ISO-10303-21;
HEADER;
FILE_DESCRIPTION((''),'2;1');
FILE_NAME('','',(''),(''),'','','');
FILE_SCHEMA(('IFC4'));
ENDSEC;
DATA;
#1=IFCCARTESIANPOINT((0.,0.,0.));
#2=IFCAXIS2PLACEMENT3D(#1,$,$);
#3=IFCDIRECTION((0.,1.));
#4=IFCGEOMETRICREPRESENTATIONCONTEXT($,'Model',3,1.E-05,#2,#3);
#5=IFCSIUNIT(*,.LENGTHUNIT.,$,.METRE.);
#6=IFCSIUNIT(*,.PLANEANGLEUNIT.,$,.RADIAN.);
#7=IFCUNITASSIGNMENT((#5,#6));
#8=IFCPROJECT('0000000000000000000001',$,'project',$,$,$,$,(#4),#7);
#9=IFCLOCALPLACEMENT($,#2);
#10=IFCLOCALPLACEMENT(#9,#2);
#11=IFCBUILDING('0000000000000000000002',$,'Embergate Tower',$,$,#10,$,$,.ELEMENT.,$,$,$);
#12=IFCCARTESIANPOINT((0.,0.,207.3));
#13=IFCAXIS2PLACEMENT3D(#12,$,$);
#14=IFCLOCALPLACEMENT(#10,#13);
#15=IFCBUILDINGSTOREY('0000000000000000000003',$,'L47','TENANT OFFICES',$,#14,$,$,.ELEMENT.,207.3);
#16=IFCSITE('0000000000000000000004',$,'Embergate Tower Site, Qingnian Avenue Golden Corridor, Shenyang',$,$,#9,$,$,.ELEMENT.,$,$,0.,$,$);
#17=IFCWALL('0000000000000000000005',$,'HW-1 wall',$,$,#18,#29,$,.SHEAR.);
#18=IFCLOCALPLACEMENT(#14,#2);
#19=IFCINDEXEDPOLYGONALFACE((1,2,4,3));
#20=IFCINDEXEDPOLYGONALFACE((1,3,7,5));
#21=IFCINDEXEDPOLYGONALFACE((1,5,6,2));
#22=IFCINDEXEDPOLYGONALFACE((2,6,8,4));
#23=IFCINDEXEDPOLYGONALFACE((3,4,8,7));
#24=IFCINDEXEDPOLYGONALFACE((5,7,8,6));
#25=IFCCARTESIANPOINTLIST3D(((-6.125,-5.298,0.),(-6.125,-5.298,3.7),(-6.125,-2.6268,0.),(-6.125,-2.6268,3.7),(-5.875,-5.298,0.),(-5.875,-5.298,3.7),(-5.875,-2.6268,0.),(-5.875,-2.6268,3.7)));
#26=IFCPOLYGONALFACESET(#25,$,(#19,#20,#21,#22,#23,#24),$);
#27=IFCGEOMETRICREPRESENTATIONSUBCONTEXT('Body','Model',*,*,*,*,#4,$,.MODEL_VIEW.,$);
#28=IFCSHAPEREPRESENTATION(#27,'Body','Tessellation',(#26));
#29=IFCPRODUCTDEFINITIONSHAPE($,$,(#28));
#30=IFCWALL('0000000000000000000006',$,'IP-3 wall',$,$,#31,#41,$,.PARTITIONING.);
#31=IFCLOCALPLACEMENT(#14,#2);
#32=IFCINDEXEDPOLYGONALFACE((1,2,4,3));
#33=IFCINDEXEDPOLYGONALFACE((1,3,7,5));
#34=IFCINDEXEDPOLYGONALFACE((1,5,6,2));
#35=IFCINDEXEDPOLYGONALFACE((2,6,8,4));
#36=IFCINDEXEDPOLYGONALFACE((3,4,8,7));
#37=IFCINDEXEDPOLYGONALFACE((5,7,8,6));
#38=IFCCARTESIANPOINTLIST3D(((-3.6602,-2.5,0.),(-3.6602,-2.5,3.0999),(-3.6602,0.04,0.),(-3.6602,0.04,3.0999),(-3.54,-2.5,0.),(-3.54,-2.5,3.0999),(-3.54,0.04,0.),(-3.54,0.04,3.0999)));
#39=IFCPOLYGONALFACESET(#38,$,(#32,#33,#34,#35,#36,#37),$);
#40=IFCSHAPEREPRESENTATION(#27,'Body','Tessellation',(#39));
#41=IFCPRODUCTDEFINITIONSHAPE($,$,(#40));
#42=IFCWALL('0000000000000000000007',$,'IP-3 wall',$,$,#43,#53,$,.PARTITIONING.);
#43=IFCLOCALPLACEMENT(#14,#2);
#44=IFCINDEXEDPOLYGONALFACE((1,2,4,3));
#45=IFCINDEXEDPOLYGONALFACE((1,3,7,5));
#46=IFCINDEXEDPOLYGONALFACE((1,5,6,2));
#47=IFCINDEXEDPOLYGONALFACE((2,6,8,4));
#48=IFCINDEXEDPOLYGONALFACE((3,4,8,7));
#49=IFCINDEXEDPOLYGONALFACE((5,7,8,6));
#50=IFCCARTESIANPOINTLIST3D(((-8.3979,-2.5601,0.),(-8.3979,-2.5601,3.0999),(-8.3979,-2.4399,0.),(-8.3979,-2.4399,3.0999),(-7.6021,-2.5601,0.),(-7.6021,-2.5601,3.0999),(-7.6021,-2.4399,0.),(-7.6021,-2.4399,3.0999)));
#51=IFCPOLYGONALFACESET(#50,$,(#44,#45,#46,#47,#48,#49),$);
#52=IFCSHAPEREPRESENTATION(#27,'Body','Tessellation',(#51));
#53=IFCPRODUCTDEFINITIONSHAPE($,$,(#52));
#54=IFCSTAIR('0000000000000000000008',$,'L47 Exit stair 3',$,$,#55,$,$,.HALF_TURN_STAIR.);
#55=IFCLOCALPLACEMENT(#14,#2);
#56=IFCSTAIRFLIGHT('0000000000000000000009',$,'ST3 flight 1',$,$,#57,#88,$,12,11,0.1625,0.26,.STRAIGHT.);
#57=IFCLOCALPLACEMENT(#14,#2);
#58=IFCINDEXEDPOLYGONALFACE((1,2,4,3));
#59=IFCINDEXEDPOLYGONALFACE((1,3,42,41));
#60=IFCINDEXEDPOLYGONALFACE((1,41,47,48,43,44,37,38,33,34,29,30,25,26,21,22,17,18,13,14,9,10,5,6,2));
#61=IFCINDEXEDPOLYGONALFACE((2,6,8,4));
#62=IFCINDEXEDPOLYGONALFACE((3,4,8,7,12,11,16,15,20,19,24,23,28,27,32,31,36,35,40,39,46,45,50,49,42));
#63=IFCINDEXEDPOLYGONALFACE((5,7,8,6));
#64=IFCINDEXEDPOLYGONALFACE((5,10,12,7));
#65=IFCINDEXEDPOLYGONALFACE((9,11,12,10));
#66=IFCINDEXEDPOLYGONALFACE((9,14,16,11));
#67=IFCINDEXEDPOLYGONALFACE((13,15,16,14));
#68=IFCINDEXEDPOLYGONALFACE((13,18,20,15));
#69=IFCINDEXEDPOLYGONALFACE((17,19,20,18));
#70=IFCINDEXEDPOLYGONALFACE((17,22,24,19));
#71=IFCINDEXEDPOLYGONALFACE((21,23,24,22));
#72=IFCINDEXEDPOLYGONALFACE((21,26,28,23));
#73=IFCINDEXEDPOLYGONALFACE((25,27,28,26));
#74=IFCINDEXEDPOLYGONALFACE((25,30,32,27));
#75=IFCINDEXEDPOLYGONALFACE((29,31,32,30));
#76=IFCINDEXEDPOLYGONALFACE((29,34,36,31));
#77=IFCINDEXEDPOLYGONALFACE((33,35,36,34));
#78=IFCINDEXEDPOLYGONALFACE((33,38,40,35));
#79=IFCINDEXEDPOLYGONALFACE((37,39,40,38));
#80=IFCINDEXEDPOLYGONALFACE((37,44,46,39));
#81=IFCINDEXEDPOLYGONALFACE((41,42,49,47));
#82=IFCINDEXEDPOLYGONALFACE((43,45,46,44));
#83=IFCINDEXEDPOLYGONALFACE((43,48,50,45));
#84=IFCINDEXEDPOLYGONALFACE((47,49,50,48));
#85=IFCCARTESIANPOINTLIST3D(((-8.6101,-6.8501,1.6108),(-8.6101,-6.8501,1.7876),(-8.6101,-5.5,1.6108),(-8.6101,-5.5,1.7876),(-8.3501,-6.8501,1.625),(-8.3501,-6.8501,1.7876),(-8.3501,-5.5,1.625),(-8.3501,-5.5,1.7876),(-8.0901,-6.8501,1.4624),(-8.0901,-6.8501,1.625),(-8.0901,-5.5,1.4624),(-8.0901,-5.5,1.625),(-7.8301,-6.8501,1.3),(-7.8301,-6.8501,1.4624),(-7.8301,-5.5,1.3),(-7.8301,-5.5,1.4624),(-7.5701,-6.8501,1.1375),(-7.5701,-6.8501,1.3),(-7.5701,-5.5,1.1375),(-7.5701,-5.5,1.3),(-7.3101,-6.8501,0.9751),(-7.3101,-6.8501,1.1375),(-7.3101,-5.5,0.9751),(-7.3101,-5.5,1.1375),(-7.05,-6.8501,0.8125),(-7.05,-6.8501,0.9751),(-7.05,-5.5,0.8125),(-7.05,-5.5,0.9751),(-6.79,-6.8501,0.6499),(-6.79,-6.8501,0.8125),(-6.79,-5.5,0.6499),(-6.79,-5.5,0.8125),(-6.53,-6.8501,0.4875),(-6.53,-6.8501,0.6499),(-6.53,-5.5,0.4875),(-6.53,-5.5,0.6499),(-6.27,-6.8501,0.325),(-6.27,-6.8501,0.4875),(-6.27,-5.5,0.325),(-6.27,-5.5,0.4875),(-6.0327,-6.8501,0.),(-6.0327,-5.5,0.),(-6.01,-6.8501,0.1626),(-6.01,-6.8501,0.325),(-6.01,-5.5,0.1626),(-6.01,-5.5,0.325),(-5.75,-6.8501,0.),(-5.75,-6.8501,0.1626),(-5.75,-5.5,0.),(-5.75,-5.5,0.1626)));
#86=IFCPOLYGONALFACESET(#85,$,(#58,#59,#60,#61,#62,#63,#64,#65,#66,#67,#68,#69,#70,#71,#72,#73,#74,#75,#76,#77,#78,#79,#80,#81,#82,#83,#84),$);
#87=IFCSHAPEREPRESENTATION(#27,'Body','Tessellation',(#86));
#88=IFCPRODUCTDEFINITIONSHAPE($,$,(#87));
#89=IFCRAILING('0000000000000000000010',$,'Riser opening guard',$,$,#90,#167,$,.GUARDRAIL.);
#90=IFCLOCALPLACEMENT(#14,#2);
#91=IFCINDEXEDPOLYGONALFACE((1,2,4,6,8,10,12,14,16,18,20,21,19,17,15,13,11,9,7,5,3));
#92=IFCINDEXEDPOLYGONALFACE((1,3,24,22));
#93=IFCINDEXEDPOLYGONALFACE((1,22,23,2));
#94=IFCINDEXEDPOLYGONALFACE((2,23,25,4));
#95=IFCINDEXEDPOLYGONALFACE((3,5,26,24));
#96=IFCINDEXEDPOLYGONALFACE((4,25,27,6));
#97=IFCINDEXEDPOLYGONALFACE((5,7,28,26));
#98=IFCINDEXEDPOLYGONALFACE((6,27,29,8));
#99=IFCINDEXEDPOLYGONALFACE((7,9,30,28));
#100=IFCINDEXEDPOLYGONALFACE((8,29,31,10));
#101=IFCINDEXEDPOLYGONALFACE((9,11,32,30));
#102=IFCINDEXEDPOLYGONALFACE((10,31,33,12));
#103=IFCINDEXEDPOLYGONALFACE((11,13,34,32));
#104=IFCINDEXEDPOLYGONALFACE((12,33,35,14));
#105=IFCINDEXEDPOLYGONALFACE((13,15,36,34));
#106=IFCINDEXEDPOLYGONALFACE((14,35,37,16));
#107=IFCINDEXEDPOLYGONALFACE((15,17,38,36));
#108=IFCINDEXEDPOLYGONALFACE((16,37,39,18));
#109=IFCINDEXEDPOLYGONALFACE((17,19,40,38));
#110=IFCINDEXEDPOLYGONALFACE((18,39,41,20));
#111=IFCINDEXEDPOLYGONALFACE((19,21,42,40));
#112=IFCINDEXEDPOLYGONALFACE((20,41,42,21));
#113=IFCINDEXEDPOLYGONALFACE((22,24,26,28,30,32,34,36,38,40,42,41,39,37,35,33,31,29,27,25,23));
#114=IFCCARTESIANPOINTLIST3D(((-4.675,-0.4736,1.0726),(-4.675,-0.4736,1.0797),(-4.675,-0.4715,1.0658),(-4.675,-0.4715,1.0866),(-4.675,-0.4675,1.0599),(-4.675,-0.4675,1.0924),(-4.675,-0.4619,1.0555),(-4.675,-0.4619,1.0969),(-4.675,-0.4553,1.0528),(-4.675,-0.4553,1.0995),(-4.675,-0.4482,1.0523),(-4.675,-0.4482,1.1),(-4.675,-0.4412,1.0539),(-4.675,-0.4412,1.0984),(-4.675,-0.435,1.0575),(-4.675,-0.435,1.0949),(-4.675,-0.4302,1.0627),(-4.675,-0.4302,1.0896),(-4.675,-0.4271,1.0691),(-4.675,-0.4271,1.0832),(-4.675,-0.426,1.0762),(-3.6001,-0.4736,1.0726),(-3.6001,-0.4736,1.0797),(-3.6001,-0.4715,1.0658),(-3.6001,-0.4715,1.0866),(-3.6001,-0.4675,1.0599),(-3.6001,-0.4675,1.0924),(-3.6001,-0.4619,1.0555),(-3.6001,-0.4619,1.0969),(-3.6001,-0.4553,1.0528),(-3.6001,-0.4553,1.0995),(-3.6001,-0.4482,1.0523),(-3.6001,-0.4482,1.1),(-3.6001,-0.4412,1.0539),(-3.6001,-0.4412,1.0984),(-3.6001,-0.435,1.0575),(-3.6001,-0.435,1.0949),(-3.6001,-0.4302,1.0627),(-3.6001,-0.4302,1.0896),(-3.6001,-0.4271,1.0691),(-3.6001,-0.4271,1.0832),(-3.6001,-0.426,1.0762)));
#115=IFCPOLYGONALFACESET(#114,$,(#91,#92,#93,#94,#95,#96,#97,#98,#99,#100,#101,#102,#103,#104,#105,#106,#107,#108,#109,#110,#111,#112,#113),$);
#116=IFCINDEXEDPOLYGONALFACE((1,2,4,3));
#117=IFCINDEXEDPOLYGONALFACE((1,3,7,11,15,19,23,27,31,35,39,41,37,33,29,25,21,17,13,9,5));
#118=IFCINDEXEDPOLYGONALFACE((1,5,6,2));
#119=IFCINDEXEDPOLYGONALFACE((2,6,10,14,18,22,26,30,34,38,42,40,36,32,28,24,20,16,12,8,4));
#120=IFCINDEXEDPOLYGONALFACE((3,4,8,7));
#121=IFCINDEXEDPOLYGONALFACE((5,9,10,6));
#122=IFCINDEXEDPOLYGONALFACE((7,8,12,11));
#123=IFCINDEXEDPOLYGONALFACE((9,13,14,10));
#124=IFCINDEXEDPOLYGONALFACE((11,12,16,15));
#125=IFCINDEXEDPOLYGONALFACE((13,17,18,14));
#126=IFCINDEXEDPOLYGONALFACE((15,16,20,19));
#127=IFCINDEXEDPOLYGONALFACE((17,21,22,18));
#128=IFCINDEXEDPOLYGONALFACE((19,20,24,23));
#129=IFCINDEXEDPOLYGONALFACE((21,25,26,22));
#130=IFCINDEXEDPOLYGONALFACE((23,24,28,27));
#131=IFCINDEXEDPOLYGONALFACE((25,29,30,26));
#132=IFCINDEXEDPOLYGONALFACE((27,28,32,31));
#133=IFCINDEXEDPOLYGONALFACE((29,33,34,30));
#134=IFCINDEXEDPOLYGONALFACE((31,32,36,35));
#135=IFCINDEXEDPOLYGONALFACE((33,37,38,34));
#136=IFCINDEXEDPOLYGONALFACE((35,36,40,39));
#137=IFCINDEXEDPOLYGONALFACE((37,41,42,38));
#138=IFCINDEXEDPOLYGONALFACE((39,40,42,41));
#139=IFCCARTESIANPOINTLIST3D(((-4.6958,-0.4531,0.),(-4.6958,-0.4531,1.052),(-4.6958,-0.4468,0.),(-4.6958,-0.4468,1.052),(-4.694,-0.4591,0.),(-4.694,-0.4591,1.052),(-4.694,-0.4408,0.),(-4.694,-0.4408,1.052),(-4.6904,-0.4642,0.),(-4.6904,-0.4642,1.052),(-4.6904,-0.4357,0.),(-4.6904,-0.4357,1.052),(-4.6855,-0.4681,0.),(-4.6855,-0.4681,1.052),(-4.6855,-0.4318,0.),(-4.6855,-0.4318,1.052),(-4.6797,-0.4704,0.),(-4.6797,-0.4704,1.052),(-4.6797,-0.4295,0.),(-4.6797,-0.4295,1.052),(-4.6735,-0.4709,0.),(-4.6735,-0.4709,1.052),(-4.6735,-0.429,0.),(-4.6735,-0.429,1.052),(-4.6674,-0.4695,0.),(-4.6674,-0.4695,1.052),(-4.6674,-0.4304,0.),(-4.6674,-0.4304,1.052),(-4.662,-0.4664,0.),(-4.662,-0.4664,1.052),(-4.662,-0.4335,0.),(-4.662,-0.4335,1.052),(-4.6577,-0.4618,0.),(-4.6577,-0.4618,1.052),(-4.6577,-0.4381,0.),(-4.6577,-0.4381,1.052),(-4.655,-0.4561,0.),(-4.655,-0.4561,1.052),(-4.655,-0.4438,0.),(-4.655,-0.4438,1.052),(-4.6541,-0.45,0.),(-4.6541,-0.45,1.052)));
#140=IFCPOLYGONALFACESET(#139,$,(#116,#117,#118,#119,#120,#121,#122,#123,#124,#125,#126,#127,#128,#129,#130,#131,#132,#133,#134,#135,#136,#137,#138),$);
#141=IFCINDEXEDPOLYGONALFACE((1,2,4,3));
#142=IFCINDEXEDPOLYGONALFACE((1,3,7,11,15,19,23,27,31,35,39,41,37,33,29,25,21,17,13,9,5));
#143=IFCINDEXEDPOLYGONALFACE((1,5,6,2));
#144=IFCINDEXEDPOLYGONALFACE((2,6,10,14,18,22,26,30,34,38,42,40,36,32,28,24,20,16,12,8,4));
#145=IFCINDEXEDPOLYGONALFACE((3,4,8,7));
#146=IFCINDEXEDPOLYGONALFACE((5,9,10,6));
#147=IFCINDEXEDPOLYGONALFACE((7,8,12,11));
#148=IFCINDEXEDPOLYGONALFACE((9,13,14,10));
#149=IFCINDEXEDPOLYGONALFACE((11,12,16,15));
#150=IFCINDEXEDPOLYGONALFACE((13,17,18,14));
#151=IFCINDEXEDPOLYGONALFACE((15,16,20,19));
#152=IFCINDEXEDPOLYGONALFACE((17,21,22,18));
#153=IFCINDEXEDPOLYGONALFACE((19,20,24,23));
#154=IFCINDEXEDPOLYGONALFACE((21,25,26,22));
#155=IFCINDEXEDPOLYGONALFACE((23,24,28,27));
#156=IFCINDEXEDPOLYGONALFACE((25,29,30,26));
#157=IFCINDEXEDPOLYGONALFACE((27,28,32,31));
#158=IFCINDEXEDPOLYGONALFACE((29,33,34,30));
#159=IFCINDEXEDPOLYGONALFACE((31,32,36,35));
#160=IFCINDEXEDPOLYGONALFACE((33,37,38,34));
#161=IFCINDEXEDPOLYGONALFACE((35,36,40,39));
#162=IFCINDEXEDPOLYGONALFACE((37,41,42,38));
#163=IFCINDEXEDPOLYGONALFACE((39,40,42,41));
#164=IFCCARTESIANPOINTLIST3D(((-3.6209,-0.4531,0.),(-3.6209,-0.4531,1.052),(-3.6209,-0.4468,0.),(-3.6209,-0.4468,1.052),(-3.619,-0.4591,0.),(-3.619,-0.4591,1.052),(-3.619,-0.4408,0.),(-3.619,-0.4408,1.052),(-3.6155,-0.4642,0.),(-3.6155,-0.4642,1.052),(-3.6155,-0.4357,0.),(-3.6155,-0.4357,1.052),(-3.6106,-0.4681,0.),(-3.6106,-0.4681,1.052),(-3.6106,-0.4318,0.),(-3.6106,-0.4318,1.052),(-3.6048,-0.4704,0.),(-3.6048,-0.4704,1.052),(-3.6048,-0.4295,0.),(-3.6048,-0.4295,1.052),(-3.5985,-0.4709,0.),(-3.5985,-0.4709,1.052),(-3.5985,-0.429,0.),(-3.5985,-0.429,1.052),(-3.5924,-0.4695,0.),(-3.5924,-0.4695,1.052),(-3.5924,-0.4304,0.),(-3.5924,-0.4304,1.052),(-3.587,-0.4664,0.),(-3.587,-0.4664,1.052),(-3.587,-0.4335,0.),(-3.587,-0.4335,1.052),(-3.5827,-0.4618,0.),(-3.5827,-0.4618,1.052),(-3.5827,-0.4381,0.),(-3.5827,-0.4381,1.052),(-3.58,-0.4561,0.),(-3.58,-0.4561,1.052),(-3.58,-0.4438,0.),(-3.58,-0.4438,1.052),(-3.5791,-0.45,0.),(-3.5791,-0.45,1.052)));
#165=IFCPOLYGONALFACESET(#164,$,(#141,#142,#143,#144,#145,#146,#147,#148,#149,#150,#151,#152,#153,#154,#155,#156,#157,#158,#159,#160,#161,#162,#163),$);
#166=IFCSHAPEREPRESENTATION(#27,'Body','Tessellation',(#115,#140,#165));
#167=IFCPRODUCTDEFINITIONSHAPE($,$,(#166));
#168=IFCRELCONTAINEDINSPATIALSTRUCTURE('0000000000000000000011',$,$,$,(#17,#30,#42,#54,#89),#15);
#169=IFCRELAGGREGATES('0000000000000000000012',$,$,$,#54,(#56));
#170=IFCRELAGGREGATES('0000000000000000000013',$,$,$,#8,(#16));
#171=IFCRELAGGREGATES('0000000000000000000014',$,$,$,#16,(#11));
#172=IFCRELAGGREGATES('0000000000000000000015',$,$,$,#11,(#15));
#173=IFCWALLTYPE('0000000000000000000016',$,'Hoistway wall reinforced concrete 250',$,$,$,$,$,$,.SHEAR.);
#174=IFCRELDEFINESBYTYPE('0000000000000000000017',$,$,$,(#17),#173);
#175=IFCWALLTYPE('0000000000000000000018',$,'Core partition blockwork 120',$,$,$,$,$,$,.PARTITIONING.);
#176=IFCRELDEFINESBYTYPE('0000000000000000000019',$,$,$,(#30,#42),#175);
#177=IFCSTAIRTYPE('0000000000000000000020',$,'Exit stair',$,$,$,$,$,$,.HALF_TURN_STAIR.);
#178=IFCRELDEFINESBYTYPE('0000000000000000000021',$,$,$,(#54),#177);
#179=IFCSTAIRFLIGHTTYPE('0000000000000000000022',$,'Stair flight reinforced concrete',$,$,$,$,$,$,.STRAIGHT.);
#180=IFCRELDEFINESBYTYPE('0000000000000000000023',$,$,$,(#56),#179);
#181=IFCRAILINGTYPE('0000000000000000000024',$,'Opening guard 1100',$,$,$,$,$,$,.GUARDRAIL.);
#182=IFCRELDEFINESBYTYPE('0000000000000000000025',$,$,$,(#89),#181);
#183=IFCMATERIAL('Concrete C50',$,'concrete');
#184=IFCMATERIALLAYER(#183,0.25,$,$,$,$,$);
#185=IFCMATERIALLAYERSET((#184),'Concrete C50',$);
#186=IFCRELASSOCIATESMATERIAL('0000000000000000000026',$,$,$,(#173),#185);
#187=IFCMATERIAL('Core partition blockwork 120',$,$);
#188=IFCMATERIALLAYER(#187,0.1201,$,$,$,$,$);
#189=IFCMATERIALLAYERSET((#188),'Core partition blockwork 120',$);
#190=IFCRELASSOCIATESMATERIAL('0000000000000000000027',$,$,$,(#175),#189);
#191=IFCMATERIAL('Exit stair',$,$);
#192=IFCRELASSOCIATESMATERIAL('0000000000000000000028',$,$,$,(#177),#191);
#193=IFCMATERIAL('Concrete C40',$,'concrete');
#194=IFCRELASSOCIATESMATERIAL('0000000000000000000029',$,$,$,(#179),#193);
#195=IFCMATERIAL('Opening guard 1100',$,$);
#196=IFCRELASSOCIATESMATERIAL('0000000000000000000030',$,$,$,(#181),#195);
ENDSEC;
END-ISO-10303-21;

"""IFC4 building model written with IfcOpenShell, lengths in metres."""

from ifc_helpers import new_model, si_unit, direction, frame, frame_2d, origin, origin_2d, place, context, subcontext, project, spatial, polyline, rectangle, circle, outline, extrude, source, transform, mapped, material, layer, layer_set, type_object, element, aggregate, save


model = new_model("IFC4")

# Units and contexts
model_context = context("Model", 3, precision=1e-05, world=origin(), true_north=direction((0.0, 1.0)))
body_context = subcontext(model_context, "Body", "Model", "MODEL_VIEW")
ifc_project = project(units=[si_unit("LENGTHUNIT", "METRE"), si_unit("PLANEANGLEUNIT", "RADIAN")], contexts=[model_context])

# Site, building, storey
site_placement = place(None, origin())
site = spatial("IfcSite", under=ifc_project, at=site_placement, Name="Embergate Tower Site, Qingnian Avenue Golden Corridor, Shenyang", CompositionType="ELEMENT", RefElevation=0.0)
building_placement = place(site_placement, origin())
building = spatial("IfcBuilding", under=site, at=building_placement, Name="Embergate Tower", CompositionType="ELEMENT")
storey_placement = place(building_placement, frame((0.0, 0.0, 207.3)))
storey = spatial("IfcBuildingStorey", under=building, at=storey_placement, Name="L47", Description="TENANT OFFICES", CompositionType="ELEMENT", Elevation=207.3)

# Shared definitions
ifc_material_1 = material(Name="Concrete C50", Category="concrete")
ifc_layer_1 = layer(ifc_material_1, 0.25)
ifc_layer_set_1 = layer_set([ifc_layer_1], Name="Concrete C50")
wall_type_1 = type_object("IfcWallType", Name="Hoistway wall reinforced concrete 250", PredefinedType="SHEAR", material=ifc_layer_set_1)

# Shared definitions
ifc_material_2 = material(Name="Core partition blockwork 120")
ifc_layer_2 = layer(ifc_material_2, 0.1201)
ifc_layer_set_2 = layer_set([ifc_layer_2], Name="Core partition blockwork 120")
wall_type_2 = type_object("IfcWallType", Name="Core partition blockwork 120", PredefinedType="PARTITIONING", material=ifc_layer_set_2)

# Walls
shared_shape_1 = source(origin(), body_context, "Body", "SweptSolid", [
    extrude(rectangle(XDim=2.6711, YDim=0.25, at=frame_2d((1.3354, 0.0))), origin(), (0.0, 0.0, 1.0), 3.7),
])
wall_1_placement = place(storey_placement, frame((-6.0, -2.627, 0.0), z_axis=(0.0, 0.0, 1.0), x_axis=(0.0, -1.0, 0.0)))
element("IfcWall", 1, at=wall_1_placement, inside=storey, type_object=wall_type_1, Name="HW-1 wall", PredefinedType="SHEAR", context=body_context, shape_type="MappedRepresentation", body=[
    mapped(shared_shape_1, transform((0.0, 0.0, 0.0))),
])
shared_shape_2 = source(origin(), body_context, "Body", "SweptSolid", [
    extrude(rectangle(XDim=2.54, YDim=0.1201, at=frame_2d((1.27, 0.0))), origin(), (0.0, 0.0, 1.0), 3.0999),
])
wall_2_placement = place(storey_placement, frame((-3.6001, -2.5, 0.0), z_axis=(0.0, 0.0, 1.0), x_axis=(0.0, 1.0, 0.0)))
element("IfcWall", 2, at=wall_2_placement, inside=storey, type_object=wall_type_2, Name="IP-3 wall", PredefinedType="PARTITIONING", context=body_context, shape_type="MappedRepresentation", body=[
    mapped(shared_shape_2, transform((0.0, 0.0, 0.0))),
])
shared_shape_3 = source(origin(), body_context, "Body", "SweptSolid", [
    extrude(rectangle(XDim=0.7959, YDim=0.1201, at=frame_2d((0.3979, 0.0))), origin(), (0.0, 0.0, 1.0), 3.0999),
])
wall_3_placement = place(storey_placement, frame((-8.3979, -2.5, 0.0), z_axis=(0.0, 0.0, 1.0), x_axis=(1.0, 0.0, 0.0)))
element("IfcWall", 3, at=wall_3_placement, inside=storey, type_object=wall_type_2, Name="IP-3 wall", PredefinedType="PARTITIONING", context=body_context, shape_type="MappedRepresentation", body=[
    mapped(shared_shape_3, transform((0.0, 0.0, 0.0))),
])

# Stair, stair flight
ifc_material_3 = material(Name="Exit stair")
stair_type = type_object("IfcStairType", Name="Exit stair", PredefinedType="HALF_TURN_STAIR", material=ifc_material_3)
stair_placement = place(storey_placement, origin())
stair = element("IfcStair", 4, at=stair_placement, inside=storey, type_object=stair_type, Name="L47 Exit stair 3", PredefinedType="HALF_TURN_STAIR")
ifc_material_4 = material(Name="Concrete C40", Category="concrete")
stair_flight_type = type_object("IfcStairFlightType", Name="Stair flight reinforced concrete", PredefinedType="STRAIGHT", material=ifc_material_4)
shared_shape_4 = source(origin(), body_context, "Body", "SweptSolid", [
    extrude(outline(polyline([(0.0, 0.0), (0.0, 0.1626), (0.26, 0.1626), (0.26, 0.325), (0.52, 0.325), (0.52, 0.4875), (0.78, 0.4875), (0.78, 0.6499), (1.04, 0.6499), (1.04, 0.8125), (1.3, 0.8125), (1.3, 0.9751), (1.5601, 0.9751), (1.5601, 1.1375), (1.8201, 1.1375), (1.8201, 1.3), (2.0801, 1.3), (2.0801, 1.4624), (2.3401, 1.4624), (2.3401, 1.625), (2.6001, 1.625), (2.6001, 1.7876), (2.8601, 1.7876), (2.8601, 1.95), (2.8601, 1.6108), (0.2827, 0.0), (0.0, 0.0)])), frame((0.0, 0.675, 0.0), z_axis=(0.0, -1.0, 0.0), x_axis=(1.0, 0.0, 0.0)), (0.0, 0.0, 1.0), 1.3501),
])
stair_flight_placement = place(storey_placement, frame((-5.75, -6.175, 0.0), z_axis=(0.0, 0.0, 1.0), x_axis=(-1.0, 0.0, 0.0)))
stair_flight = element("IfcStairFlight", 5, at=stair_flight_placement, type_object=stair_flight_type, Name="ST3 flight 1", NumberOfRisers=12, NumberOfTreads=11, PredefinedType="STRAIGHT", RiserHeight=0.1625, TreadLength=0.26, context=body_context, shape_type="MappedRepresentation", body=[
    mapped(shared_shape_4, transform((0.0, 0.0, 0.0))),
])
aggregate(stair, [stair_flight])

# Railing
ifc_material_5 = material(Name="Opening guard 1100")
railing_type_1 = type_object("IfcRailingType", Name="Opening guard 1100", PredefinedType="GUARDRAIL", material=ifc_material_5)
shared_shape_5 = source(origin(), body_context, "Body", "SweptSolid", [
    extrude(circle(Radius=0.0239, at=origin_2d()), frame((0.0, 0.0, 1.0762), z_axis=(1.0, 0.0, 0.0), x_axis=(0.0, 1.0, 0.0)), (0.0, 0.0, 1.0), 1.075),
    extrude(circle(Radius=0.021, at=origin_2d()), origin(), (0.0, 0.0, 1.0), 1.052),
    extrude(circle(Radius=0.021, at=origin_2d()), frame((1.075, 0.0, 0.0)), (0.0, 0.0, 1.0), 1.052),
])
railing_1_placement = place(storey_placement, frame((-4.675, -0.45, 0.0)))
element("IfcRailing", 6, at=railing_1_placement, inside=storey, type_object=railing_type_1, Name="Riser opening guard", PredefinedType="GUARDRAIL", context=body_context, shape_type="MappedRepresentation", body=[
    mapped(shared_shape_5, transform((0.0, 0.0, 0.0))),
])

save(model, "model.ifc")
